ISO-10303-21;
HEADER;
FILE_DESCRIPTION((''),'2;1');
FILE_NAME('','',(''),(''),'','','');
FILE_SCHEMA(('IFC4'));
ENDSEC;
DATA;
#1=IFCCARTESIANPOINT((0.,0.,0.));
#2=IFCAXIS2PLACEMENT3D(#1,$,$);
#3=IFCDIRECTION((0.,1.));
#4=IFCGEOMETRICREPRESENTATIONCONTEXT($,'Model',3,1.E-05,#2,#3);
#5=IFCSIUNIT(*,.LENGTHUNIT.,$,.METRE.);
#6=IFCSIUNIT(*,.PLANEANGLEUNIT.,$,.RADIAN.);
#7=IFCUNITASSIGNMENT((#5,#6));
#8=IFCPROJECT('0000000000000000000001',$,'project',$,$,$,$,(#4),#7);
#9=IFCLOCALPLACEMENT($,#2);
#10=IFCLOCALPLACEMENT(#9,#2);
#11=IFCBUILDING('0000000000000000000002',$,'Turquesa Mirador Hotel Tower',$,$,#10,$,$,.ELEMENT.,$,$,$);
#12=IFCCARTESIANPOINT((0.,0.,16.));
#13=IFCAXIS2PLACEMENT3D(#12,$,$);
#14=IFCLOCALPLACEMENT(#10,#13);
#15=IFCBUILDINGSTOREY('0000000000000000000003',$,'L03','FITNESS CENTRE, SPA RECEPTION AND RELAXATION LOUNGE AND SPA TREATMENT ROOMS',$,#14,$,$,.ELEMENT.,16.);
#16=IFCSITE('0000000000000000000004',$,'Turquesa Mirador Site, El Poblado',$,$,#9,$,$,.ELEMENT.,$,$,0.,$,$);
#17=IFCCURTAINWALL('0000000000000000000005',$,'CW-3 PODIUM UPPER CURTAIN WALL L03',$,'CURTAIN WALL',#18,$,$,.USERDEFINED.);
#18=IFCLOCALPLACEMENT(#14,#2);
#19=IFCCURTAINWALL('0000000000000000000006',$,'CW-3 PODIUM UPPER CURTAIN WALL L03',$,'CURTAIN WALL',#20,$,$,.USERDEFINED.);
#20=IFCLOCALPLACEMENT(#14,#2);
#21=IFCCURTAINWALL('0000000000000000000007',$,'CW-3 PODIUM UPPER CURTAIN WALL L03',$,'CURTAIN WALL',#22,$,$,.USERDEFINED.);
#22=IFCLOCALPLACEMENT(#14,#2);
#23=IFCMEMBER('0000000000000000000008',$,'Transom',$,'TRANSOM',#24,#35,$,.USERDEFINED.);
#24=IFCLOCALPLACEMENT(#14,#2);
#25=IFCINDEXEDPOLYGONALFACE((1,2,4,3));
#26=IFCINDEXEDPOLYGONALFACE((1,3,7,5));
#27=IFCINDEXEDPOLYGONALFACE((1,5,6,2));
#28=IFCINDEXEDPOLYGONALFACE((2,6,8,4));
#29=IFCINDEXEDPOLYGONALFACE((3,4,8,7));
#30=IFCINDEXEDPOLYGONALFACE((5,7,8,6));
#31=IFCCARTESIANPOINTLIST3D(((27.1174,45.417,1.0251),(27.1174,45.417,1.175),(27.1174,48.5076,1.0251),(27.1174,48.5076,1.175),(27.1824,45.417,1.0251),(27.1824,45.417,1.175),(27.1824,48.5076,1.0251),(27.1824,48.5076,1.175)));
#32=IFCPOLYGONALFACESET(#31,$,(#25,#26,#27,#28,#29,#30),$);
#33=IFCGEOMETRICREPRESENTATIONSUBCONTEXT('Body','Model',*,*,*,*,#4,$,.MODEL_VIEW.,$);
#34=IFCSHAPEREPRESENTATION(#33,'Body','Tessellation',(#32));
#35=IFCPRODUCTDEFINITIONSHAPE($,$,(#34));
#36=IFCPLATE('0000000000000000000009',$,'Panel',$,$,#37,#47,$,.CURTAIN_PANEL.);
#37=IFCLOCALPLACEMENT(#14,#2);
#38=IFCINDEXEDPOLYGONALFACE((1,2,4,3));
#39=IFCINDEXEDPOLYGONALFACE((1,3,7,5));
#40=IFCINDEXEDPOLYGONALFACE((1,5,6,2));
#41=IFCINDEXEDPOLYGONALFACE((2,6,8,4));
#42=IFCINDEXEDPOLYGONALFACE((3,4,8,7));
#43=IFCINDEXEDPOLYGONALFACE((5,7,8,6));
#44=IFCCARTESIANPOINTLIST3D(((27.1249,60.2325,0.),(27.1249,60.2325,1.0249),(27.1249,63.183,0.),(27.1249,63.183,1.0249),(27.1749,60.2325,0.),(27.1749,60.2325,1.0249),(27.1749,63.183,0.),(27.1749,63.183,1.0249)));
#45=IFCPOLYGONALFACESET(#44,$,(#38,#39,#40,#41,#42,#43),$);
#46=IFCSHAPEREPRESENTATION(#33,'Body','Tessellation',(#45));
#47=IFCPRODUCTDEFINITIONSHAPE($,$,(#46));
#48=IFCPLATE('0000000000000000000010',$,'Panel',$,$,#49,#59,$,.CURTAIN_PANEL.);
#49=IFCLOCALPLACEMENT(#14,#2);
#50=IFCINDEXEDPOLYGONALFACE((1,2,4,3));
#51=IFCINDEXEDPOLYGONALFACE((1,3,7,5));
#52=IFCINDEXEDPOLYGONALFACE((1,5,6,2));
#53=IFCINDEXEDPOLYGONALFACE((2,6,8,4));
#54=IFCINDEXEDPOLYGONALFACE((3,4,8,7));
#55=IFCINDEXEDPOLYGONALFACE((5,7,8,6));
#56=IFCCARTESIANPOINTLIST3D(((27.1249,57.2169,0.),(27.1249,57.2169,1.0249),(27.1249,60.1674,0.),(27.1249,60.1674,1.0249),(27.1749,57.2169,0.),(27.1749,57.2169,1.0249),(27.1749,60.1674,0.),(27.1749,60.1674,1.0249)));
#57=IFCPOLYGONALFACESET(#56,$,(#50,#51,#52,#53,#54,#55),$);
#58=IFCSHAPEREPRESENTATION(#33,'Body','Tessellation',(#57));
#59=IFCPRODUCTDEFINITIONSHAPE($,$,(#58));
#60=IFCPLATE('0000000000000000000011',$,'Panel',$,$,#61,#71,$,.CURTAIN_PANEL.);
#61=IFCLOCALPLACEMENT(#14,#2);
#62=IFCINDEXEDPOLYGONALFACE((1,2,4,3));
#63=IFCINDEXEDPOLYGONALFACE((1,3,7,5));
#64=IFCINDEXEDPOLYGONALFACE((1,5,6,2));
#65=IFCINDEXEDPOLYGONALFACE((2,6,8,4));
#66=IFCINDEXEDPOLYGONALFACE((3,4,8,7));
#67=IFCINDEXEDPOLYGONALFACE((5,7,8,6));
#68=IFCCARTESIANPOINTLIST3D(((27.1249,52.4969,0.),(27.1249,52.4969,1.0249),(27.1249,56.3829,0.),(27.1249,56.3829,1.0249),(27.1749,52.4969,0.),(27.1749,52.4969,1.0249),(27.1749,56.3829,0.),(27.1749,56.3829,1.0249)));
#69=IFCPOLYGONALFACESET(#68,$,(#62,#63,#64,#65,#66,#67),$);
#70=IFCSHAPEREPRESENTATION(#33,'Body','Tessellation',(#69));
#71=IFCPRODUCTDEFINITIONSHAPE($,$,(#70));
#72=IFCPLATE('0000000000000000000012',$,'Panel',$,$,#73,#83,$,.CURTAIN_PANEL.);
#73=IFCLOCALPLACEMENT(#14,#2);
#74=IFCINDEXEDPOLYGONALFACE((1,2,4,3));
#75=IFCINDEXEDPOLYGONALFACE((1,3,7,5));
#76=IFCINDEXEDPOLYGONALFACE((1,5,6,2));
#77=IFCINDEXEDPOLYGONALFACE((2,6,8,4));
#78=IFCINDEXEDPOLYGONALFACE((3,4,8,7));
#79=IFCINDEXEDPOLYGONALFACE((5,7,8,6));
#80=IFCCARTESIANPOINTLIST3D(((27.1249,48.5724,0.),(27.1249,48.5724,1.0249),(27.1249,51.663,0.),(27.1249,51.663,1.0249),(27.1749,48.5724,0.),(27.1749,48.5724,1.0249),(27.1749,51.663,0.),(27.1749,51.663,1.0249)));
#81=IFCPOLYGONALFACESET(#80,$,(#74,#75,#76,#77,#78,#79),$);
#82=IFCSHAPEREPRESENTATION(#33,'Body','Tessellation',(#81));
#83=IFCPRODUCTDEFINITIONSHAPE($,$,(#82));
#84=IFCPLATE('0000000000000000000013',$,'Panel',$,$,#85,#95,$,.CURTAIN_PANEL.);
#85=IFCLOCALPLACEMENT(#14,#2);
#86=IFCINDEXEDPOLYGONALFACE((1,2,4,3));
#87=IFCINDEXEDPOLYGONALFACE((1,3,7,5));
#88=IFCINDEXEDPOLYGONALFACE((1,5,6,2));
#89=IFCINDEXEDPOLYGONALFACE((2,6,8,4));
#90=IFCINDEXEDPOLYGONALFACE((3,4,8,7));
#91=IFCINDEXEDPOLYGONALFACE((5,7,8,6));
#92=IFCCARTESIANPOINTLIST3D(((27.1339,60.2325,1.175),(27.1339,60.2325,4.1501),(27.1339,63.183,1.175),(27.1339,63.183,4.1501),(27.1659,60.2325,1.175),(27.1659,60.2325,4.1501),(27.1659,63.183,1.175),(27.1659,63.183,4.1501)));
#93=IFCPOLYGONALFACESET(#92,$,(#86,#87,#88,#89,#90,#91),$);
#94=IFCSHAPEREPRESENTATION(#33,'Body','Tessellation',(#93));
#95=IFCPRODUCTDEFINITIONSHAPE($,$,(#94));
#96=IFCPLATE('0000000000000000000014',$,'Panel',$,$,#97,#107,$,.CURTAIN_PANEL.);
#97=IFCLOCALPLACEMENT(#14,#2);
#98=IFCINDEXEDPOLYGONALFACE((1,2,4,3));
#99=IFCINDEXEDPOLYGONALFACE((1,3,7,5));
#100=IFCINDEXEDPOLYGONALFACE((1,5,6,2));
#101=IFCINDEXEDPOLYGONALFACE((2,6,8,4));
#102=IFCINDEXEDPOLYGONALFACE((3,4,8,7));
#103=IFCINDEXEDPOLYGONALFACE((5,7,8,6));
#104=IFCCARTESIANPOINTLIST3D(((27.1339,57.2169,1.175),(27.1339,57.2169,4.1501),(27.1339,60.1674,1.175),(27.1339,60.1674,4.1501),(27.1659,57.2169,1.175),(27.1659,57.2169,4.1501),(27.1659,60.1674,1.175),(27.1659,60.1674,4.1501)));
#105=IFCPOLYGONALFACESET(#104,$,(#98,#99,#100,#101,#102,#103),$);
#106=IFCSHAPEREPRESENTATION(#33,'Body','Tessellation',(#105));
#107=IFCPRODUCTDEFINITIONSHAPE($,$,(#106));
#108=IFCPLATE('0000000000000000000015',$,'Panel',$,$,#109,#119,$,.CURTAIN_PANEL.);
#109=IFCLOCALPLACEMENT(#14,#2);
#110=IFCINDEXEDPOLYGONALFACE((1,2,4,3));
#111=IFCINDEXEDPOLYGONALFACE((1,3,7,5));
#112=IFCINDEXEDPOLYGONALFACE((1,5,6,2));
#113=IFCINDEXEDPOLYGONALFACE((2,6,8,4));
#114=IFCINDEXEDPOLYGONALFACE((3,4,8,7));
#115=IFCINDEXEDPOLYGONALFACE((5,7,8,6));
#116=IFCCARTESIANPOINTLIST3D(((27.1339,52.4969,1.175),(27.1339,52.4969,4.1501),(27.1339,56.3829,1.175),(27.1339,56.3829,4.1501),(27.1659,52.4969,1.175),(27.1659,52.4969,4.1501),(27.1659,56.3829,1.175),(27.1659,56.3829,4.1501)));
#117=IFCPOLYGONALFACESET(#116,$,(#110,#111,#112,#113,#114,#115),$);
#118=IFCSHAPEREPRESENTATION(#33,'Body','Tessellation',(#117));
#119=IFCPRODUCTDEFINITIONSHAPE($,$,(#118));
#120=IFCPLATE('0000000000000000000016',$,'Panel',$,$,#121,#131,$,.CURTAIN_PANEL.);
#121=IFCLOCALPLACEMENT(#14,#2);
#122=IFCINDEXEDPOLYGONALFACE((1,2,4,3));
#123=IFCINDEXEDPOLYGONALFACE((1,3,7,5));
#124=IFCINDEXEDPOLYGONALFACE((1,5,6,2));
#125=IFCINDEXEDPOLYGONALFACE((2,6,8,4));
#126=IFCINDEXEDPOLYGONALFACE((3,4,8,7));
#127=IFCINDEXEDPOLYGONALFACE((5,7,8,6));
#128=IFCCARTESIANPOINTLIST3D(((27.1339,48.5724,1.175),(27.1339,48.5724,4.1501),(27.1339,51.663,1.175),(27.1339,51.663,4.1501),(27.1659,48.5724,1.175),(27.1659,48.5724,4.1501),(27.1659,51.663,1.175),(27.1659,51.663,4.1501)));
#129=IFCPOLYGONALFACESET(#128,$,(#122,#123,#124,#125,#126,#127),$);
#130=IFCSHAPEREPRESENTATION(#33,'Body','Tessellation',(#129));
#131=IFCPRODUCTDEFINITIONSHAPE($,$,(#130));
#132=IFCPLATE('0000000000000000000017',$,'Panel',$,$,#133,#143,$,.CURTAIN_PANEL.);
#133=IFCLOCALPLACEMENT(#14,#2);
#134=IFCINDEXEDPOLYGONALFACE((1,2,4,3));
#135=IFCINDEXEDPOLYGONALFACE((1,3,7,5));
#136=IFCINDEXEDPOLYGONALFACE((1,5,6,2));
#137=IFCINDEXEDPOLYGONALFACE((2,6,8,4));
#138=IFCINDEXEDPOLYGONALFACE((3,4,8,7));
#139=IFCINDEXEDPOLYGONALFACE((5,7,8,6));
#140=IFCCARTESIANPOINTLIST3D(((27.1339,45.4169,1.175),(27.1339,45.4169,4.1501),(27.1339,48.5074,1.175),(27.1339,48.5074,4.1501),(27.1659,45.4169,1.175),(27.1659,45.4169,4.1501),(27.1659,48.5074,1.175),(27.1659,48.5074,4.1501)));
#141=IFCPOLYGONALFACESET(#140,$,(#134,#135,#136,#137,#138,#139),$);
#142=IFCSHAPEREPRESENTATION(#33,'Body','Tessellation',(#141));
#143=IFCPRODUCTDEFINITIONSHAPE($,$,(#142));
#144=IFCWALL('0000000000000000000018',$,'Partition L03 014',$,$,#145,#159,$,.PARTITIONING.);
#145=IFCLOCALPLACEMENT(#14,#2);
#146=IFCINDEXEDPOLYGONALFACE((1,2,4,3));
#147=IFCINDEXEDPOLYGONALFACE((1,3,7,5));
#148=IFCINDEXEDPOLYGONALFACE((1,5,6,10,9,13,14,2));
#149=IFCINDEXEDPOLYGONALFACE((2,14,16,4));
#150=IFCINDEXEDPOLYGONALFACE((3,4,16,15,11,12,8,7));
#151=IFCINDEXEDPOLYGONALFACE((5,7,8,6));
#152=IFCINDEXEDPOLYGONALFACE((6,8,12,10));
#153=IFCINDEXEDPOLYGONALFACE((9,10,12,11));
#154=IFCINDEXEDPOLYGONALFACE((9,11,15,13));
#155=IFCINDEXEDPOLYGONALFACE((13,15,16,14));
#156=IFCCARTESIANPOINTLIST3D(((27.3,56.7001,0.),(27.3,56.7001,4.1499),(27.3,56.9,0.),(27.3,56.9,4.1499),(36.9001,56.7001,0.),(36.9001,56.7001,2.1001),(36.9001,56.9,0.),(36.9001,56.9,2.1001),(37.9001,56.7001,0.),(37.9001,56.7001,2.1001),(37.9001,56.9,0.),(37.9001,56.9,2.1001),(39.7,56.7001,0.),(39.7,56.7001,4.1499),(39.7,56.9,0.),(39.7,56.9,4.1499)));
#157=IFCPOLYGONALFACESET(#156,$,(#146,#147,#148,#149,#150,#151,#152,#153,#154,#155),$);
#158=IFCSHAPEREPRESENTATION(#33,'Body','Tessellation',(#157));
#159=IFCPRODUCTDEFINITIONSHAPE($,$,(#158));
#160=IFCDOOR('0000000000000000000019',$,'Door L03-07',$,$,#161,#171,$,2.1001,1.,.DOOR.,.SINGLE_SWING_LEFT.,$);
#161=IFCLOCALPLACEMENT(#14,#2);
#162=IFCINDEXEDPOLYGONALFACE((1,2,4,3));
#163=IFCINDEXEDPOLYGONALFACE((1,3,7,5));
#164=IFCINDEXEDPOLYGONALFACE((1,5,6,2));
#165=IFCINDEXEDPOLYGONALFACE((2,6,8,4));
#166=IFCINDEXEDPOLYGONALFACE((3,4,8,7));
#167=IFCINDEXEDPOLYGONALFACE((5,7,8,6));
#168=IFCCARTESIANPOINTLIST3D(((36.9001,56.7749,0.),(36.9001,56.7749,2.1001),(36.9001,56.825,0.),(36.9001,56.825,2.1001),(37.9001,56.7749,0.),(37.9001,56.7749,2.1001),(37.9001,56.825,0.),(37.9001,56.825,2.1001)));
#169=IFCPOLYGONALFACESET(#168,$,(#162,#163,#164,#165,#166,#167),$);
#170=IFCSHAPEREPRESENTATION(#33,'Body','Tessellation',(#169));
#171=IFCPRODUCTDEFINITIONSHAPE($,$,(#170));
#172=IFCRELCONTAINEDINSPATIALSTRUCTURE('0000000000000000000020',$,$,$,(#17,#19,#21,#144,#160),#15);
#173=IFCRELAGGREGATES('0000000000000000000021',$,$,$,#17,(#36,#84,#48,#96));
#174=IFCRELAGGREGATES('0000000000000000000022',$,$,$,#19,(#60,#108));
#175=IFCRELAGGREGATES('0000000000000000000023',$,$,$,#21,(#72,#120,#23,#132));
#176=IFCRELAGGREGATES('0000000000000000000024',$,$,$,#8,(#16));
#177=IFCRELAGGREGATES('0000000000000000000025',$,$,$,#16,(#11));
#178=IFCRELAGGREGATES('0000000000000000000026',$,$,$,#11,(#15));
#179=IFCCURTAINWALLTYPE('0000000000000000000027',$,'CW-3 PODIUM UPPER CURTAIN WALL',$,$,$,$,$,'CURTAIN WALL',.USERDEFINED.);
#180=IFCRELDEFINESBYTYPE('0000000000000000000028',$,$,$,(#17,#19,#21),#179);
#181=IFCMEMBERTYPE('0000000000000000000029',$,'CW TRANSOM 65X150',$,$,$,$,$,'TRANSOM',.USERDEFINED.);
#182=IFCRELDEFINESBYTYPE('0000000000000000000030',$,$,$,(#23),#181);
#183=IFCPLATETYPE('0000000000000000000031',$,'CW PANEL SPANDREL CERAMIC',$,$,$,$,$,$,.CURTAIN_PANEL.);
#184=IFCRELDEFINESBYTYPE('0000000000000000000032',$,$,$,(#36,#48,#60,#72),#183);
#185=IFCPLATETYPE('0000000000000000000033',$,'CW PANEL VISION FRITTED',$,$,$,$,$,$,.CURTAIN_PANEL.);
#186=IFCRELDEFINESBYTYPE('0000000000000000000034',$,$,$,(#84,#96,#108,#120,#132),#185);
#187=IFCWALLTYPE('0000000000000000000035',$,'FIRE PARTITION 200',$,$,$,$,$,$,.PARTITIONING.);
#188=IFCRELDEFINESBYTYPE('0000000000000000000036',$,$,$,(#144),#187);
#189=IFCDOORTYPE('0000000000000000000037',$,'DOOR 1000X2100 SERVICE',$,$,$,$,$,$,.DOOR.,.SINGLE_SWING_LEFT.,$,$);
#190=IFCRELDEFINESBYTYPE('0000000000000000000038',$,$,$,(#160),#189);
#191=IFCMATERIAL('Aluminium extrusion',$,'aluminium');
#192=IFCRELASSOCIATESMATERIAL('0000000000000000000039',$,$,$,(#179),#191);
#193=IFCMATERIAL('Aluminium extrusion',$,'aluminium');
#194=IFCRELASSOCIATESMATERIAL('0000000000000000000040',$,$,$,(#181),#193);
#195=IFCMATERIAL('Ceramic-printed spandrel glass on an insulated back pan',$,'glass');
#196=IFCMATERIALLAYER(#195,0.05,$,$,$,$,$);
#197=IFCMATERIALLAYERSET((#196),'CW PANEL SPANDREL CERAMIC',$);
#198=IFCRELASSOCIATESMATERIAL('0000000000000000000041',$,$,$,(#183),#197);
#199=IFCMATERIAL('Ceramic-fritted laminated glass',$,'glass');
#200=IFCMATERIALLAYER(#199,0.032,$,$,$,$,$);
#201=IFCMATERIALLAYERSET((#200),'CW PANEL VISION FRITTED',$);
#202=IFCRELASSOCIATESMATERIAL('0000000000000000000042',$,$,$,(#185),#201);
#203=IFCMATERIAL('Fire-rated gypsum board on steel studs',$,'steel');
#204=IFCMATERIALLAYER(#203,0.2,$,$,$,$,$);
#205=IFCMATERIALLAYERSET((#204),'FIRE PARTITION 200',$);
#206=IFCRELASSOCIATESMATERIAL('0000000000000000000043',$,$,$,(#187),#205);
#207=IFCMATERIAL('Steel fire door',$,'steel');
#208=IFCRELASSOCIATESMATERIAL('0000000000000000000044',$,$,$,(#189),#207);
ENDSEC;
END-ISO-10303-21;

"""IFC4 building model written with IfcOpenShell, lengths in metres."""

from ifc_helpers import new_model, si_unit, direction, frame, frame_2d, origin, origin_2d, place, context, subcontext, project, spatial, rectangle, extrude, material, layer, layer_set, material_profile, profile_set, type_object, element, fill, aggregate, save


model = new_model("IFC4")

# Units and contexts
model_context = context("Model", 3, precision=1e-05, world=origin(), true_north=direction((0.0, 1.0)))
body_context = subcontext(model_context, "Body", "Model", "MODEL_VIEW")
ifc_project = project(units=[si_unit("LENGTHUNIT", "METRE"), si_unit("PLANEANGLEUNIT", "RADIAN")], contexts=[model_context])

# Site, building, storey
site_placement = place(None, origin())
site = spatial("IfcSite", under=ifc_project, at=site_placement, Name="Turquesa Mirador Site, El Poblado", CompositionType="ELEMENT", RefElevation=0.0)
building_placement = place(site_placement, origin())
building = spatial("IfcBuilding", under=site, at=building_placement, Name="Turquesa Mirador Hotel Tower", CompositionType="ELEMENT")
storey_placement = place(building_placement, frame((0.0, 0.0, 16.0)))
storey = spatial("IfcBuildingStorey", under=building, at=storey_placement, Name="L03", Description="FITNESS CENTRE, SPA RECEPTION AND RELAXATION LOUNGE AND SPA TREATMENT ROOMS", CompositionType="ELEMENT", Elevation=16.0)

# Curtain walls
ifc_material_1 = material(Name="Aluminium extrusion", Category="aluminium")
curtain_wall_type = type_object("IfcCurtainWallType", Name="CW-3 PODIUM UPPER CURTAIN WALL", ElementType="CURTAIN WALL", PredefinedType="USERDEFINED", material=ifc_material_1)
curtain_wall_1_placement = place(storey_placement, origin())
curtain_wall_1 = element("IfcCurtainWall", 1, at=curtain_wall_1_placement, inside=storey, type_object=curtain_wall_type, Name="CW-3 PODIUM UPPER CURTAIN WALL L03", ObjectType="CURTAIN WALL", PredefinedType="USERDEFINED")
curtain_wall_2_placement = place(storey_placement, origin())
curtain_wall_2 = element("IfcCurtainWall", 2, at=curtain_wall_2_placement, inside=storey, type_object=curtain_wall_type, Name="CW-3 PODIUM UPPER CURTAIN WALL L03", ObjectType="CURTAIN WALL", PredefinedType="USERDEFINED")
curtain_wall_3_placement = place(storey_placement, origin())
curtain_wall_3 = element("IfcCurtainWall", 3, at=curtain_wall_3_placement, inside=storey, type_object=curtain_wall_type, Name="CW-3 PODIUM UPPER CURTAIN WALL L03", ObjectType="CURTAIN WALL", PredefinedType="USERDEFINED")

# Member
ifc_material_2 = material(Name="Aluminium extrusion", Category="aluminium")
ifc_material_profile_1 = material_profile(ifc_material_2, rectangle(XDim=0.0649, YDim=0.1499, at=origin_2d()), Name="TRANSOM 65X150")
ifc_profile_set_1 = profile_set([ifc_material_profile_1], Name="Aluminium extrusion")
member_type_1 = type_object("IfcMemberType", Name="CW TRANSOM 65X150", ElementType="TRANSOM", PredefinedType="USERDEFINED", material=ifc_profile_set_1)
member_1_placement = place(storey_placement, frame((27.1499, 48.5076, 1.1001), z_axis=(0.0, -1.0, 0.0), x_axis=(1.0, 0.0, 0.0)))
member_1 = element("IfcMember", 4, at=member_1_placement, type_object=member_type_1, Name="Transom", ObjectType="TRANSOM", PredefinedType="USERDEFINED", context=body_context, shape_type="SweptSolid", body=[
    extrude(rectangle(XDim=0.0649, YDim=0.1499, at=origin_2d()), origin(), (0.0, 0.0, 1.0), 3.0906),
])

# Plates
ifc_material_3 = material(Name="Ceramic-printed spandrel glass on an insulated back pan", Category="glass")
ifc_layer_1 = layer(ifc_material_3, 0.05)
ifc_layer_set_1 = layer_set([ifc_layer_1], Name="CW PANEL SPANDREL CERAMIC")
plate_type_1 = type_object("IfcPlateType", Name="CW PANEL SPANDREL CERAMIC", PredefinedType="CURTAIN_PANEL", material=ifc_layer_set_1)
plate_1_placement = place(storey_placement, frame((27.1499, 61.7078, 0.0), z_axis=(0.0, 0.0, 1.0), x_axis=(0.0, -1.0, 0.0)))
plate_1 = element("IfcPlate", 5, at=plate_1_placement, type_object=plate_type_1, Name="Panel", PredefinedType="CURTAIN_PANEL", context=body_context, shape_type="SweptSolid", body=[
    extrude(rectangle(XDim=2.9504, YDim=0.05, at=origin_2d()), origin(), (0.0, 0.0, 1.0), 1.0249),
])
plate_2_placement = place(storey_placement, frame((27.1499, 58.6921, 0.0), z_axis=(0.0, 0.0, 1.0), x_axis=(0.0, -1.0, 0.0)))
plate_2 = element("IfcPlate", 6, at=plate_2_placement, type_object=plate_type_1, Name="Panel", PredefinedType="CURTAIN_PANEL", context=body_context, shape_type="SweptSolid", body=[
    extrude(rectangle(XDim=2.9504, YDim=0.05, at=origin_2d()), origin(), (0.0, 0.0, 1.0), 1.0249),
])
plate_3_placement = place(storey_placement, frame((27.1499, 54.4399, 0.0), z_axis=(0.0, 0.0, 1.0), x_axis=(0.0, -1.0, 0.0)))
plate_3 = element("IfcPlate", 7, at=plate_3_placement, type_object=plate_type_1, Name="Panel", PredefinedType="CURTAIN_PANEL", context=body_context, shape_type="SweptSolid", body=[
    extrude(rectangle(XDim=3.886, YDim=0.05, at=origin_2d()), origin(), (0.0, 0.0, 1.0), 1.0249),
])
plate_4_placement = place(storey_placement, frame((27.1499, 50.1177, 0.0), z_axis=(0.0, 0.0, 1.0), x_axis=(0.0, -1.0, 0.0)))
plate_4 = element("IfcPlate", 8, at=plate_4_placement, type_object=plate_type_1, Name="Panel", PredefinedType="CURTAIN_PANEL", context=body_context, shape_type="SweptSolid", body=[
    extrude(rectangle(XDim=3.0906, YDim=0.05, at=origin_2d()), origin(), (0.0, 0.0, 1.0), 1.0249),
])
ifc_material_4 = material(Name="Ceramic-fritted laminated glass", Category="glass")
ifc_layer_2 = layer(ifc_material_4, 0.032)
ifc_layer_set_2 = layer_set([ifc_layer_2], Name="CW PANEL VISION FRITTED")
plate_type_2 = type_object("IfcPlateType", Name="CW PANEL VISION FRITTED", PredefinedType="CURTAIN_PANEL", material=ifc_layer_set_2)
plate_5_placement = place(storey_placement, frame((27.1499, 61.7078, 1.175), z_axis=(0.0, 0.0, 1.0), x_axis=(0.0, -1.0, 0.0)))
plate_5 = element("IfcPlate", 9, at=plate_5_placement, type_object=plate_type_2, Name="Panel", PredefinedType="CURTAIN_PANEL", context=body_context, shape_type="SweptSolid", body=[
    extrude(rectangle(XDim=2.9504, YDim=0.032, at=origin_2d()), origin(), (0.0, 0.0, 1.0), 2.9751),
])
plate_6_placement = place(storey_placement, frame((27.1499, 58.6921, 1.175), z_axis=(0.0, 0.0, 1.0), x_axis=(0.0, -1.0, 0.0)))
plate_6 = element("IfcPlate", 10, at=plate_6_placement, type_object=plate_type_2, Name="Panel", PredefinedType="CURTAIN_PANEL", context=body_context, shape_type="SweptSolid", body=[
    extrude(rectangle(XDim=2.9504, YDim=0.032, at=origin_2d()), origin(), (0.0, 0.0, 1.0), 2.9751),
])
aggregate(curtain_wall_1, [plate_1, plate_5, plate_2, plate_6])
plate_7_placement = place(storey_placement, frame((27.1499, 54.4399, 1.175), z_axis=(0.0, 0.0, 1.0), x_axis=(0.0, -1.0, 0.0)))
plate_7 = element("IfcPlate", 11, at=plate_7_placement, type_object=plate_type_2, Name="Panel", PredefinedType="CURTAIN_PANEL", context=body_context, shape_type="SweptSolid", body=[
    extrude(rectangle(XDim=3.886, YDim=0.032, at=origin_2d()), origin(), (0.0, 0.0, 1.0), 2.9751),
])
aggregate(curtain_wall_2, [plate_3, plate_7])
plate_8_placement = place(storey_placement, frame((27.1499, 50.1177, 1.175), z_axis=(0.0, 0.0, 1.0), x_axis=(0.0, -1.0, 0.0)))
plate_8 = element("IfcPlate", 12, at=plate_8_placement, type_object=plate_type_2, Name="Panel", PredefinedType="CURTAIN_PANEL", context=body_context, shape_type="SweptSolid", body=[
    extrude(rectangle(XDim=3.0906, YDim=0.032, at=origin_2d()), origin(), (0.0, 0.0, 1.0), 2.9751),
])
plate_9_placement = place(storey_placement, frame((27.1499, 46.9622, 1.175), z_axis=(0.0, 0.0, 1.0), x_axis=(0.0, -1.0, 0.0)))
plate_9 = element("IfcPlate", 13, at=plate_9_placement, type_object=plate_type_2, Name="Panel", PredefinedType="CURTAIN_PANEL", context=body_context, shape_type="SweptSolid", body=[
    extrude(rectangle(XDim=3.0906, YDim=0.032, at=origin_2d()), origin(), (0.0, 0.0, 1.0), 2.9751),
])
aggregate(curtain_wall_3, [plate_4, plate_8, member_1, plate_9])

# Wall, opening, door
ifc_material_5 = material(Name="Fire-rated gypsum board on steel studs", Category="steel")
ifc_layer_3 = layer(ifc_material_5, 0.2)
ifc_layer_set_3 = layer_set([ifc_layer_3], Name="FIRE PARTITION 200")
wall_type = type_object("IfcWallType", Name="FIRE PARTITION 200", PredefinedType="PARTITIONING", material=ifc_layer_set_3)
wall_placement = place(storey_placement, frame((27.3, 56.8, 0.0), z_axis=(0.0, 0.0, 1.0), x_axis=(1.0, 0.0, 0.0)))
wall = element("IfcWall", 14, at=wall_placement, inside=storey, type_object=wall_type, Name="Partition L03 014", PredefinedType="PARTITIONING", context=body_context, shape_type="SweptSolid", body=[
    extrude(rectangle(XDim=12.3999, YDim=0.2, at=frame_2d((6.2, 0.0))), origin(), (0.0, 0.0, 1.0), 4.1499),
])
opening_placement = place(wall_placement, frame((9.6001, 0.0, 0.0)))
opening = element("IfcOpeningElement", 15, at=opening_placement, cuts=wall, PredefinedType="OPENING", context=body_context, shape_type="SweptSolid", body=[
    extrude(rectangle(XDim=1.0, YDim=2.1001, at=frame_2d((0.5, 1.05))), frame((0.0, 0.1099, 0.0), z_axis=(0.0, -1.0, 0.0), x_axis=(1.0, 0.0, 0.0)), (0.0, 0.0, 1.0), 0.22),
])
ifc_material_6 = material(Name="Steel fire door", Category="steel")
door_type = type_object("IfcDoorType", Name="DOOR 1000X2100 SERVICE", OperationType="SINGLE_SWING_LEFT", PredefinedType="DOOR", material=ifc_material_6)
door_placement = place(opening_placement, origin())
door = element("IfcDoor", 16, at=door_placement, inside=storey, type_object=door_type, Name="Door L03-07", OperationType="SINGLE_SWING_LEFT", OverallHeight=2.1001, OverallWidth=1.0, PredefinedType="DOOR", context=body_context, shape_type="SweptSolid", body=[
    extrude(rectangle(XDim=1.0, YDim=2.1001, at=frame_2d((0.5, 1.05))), frame((0.0, 0.0249, 0.0), z_axis=(0.0, -1.0, 0.0), x_axis=(1.0, 0.0, 0.0)), (0.0, 0.0, 1.0), 0.05),
])
fill(opening, door)

save(model, "model.ifc")
